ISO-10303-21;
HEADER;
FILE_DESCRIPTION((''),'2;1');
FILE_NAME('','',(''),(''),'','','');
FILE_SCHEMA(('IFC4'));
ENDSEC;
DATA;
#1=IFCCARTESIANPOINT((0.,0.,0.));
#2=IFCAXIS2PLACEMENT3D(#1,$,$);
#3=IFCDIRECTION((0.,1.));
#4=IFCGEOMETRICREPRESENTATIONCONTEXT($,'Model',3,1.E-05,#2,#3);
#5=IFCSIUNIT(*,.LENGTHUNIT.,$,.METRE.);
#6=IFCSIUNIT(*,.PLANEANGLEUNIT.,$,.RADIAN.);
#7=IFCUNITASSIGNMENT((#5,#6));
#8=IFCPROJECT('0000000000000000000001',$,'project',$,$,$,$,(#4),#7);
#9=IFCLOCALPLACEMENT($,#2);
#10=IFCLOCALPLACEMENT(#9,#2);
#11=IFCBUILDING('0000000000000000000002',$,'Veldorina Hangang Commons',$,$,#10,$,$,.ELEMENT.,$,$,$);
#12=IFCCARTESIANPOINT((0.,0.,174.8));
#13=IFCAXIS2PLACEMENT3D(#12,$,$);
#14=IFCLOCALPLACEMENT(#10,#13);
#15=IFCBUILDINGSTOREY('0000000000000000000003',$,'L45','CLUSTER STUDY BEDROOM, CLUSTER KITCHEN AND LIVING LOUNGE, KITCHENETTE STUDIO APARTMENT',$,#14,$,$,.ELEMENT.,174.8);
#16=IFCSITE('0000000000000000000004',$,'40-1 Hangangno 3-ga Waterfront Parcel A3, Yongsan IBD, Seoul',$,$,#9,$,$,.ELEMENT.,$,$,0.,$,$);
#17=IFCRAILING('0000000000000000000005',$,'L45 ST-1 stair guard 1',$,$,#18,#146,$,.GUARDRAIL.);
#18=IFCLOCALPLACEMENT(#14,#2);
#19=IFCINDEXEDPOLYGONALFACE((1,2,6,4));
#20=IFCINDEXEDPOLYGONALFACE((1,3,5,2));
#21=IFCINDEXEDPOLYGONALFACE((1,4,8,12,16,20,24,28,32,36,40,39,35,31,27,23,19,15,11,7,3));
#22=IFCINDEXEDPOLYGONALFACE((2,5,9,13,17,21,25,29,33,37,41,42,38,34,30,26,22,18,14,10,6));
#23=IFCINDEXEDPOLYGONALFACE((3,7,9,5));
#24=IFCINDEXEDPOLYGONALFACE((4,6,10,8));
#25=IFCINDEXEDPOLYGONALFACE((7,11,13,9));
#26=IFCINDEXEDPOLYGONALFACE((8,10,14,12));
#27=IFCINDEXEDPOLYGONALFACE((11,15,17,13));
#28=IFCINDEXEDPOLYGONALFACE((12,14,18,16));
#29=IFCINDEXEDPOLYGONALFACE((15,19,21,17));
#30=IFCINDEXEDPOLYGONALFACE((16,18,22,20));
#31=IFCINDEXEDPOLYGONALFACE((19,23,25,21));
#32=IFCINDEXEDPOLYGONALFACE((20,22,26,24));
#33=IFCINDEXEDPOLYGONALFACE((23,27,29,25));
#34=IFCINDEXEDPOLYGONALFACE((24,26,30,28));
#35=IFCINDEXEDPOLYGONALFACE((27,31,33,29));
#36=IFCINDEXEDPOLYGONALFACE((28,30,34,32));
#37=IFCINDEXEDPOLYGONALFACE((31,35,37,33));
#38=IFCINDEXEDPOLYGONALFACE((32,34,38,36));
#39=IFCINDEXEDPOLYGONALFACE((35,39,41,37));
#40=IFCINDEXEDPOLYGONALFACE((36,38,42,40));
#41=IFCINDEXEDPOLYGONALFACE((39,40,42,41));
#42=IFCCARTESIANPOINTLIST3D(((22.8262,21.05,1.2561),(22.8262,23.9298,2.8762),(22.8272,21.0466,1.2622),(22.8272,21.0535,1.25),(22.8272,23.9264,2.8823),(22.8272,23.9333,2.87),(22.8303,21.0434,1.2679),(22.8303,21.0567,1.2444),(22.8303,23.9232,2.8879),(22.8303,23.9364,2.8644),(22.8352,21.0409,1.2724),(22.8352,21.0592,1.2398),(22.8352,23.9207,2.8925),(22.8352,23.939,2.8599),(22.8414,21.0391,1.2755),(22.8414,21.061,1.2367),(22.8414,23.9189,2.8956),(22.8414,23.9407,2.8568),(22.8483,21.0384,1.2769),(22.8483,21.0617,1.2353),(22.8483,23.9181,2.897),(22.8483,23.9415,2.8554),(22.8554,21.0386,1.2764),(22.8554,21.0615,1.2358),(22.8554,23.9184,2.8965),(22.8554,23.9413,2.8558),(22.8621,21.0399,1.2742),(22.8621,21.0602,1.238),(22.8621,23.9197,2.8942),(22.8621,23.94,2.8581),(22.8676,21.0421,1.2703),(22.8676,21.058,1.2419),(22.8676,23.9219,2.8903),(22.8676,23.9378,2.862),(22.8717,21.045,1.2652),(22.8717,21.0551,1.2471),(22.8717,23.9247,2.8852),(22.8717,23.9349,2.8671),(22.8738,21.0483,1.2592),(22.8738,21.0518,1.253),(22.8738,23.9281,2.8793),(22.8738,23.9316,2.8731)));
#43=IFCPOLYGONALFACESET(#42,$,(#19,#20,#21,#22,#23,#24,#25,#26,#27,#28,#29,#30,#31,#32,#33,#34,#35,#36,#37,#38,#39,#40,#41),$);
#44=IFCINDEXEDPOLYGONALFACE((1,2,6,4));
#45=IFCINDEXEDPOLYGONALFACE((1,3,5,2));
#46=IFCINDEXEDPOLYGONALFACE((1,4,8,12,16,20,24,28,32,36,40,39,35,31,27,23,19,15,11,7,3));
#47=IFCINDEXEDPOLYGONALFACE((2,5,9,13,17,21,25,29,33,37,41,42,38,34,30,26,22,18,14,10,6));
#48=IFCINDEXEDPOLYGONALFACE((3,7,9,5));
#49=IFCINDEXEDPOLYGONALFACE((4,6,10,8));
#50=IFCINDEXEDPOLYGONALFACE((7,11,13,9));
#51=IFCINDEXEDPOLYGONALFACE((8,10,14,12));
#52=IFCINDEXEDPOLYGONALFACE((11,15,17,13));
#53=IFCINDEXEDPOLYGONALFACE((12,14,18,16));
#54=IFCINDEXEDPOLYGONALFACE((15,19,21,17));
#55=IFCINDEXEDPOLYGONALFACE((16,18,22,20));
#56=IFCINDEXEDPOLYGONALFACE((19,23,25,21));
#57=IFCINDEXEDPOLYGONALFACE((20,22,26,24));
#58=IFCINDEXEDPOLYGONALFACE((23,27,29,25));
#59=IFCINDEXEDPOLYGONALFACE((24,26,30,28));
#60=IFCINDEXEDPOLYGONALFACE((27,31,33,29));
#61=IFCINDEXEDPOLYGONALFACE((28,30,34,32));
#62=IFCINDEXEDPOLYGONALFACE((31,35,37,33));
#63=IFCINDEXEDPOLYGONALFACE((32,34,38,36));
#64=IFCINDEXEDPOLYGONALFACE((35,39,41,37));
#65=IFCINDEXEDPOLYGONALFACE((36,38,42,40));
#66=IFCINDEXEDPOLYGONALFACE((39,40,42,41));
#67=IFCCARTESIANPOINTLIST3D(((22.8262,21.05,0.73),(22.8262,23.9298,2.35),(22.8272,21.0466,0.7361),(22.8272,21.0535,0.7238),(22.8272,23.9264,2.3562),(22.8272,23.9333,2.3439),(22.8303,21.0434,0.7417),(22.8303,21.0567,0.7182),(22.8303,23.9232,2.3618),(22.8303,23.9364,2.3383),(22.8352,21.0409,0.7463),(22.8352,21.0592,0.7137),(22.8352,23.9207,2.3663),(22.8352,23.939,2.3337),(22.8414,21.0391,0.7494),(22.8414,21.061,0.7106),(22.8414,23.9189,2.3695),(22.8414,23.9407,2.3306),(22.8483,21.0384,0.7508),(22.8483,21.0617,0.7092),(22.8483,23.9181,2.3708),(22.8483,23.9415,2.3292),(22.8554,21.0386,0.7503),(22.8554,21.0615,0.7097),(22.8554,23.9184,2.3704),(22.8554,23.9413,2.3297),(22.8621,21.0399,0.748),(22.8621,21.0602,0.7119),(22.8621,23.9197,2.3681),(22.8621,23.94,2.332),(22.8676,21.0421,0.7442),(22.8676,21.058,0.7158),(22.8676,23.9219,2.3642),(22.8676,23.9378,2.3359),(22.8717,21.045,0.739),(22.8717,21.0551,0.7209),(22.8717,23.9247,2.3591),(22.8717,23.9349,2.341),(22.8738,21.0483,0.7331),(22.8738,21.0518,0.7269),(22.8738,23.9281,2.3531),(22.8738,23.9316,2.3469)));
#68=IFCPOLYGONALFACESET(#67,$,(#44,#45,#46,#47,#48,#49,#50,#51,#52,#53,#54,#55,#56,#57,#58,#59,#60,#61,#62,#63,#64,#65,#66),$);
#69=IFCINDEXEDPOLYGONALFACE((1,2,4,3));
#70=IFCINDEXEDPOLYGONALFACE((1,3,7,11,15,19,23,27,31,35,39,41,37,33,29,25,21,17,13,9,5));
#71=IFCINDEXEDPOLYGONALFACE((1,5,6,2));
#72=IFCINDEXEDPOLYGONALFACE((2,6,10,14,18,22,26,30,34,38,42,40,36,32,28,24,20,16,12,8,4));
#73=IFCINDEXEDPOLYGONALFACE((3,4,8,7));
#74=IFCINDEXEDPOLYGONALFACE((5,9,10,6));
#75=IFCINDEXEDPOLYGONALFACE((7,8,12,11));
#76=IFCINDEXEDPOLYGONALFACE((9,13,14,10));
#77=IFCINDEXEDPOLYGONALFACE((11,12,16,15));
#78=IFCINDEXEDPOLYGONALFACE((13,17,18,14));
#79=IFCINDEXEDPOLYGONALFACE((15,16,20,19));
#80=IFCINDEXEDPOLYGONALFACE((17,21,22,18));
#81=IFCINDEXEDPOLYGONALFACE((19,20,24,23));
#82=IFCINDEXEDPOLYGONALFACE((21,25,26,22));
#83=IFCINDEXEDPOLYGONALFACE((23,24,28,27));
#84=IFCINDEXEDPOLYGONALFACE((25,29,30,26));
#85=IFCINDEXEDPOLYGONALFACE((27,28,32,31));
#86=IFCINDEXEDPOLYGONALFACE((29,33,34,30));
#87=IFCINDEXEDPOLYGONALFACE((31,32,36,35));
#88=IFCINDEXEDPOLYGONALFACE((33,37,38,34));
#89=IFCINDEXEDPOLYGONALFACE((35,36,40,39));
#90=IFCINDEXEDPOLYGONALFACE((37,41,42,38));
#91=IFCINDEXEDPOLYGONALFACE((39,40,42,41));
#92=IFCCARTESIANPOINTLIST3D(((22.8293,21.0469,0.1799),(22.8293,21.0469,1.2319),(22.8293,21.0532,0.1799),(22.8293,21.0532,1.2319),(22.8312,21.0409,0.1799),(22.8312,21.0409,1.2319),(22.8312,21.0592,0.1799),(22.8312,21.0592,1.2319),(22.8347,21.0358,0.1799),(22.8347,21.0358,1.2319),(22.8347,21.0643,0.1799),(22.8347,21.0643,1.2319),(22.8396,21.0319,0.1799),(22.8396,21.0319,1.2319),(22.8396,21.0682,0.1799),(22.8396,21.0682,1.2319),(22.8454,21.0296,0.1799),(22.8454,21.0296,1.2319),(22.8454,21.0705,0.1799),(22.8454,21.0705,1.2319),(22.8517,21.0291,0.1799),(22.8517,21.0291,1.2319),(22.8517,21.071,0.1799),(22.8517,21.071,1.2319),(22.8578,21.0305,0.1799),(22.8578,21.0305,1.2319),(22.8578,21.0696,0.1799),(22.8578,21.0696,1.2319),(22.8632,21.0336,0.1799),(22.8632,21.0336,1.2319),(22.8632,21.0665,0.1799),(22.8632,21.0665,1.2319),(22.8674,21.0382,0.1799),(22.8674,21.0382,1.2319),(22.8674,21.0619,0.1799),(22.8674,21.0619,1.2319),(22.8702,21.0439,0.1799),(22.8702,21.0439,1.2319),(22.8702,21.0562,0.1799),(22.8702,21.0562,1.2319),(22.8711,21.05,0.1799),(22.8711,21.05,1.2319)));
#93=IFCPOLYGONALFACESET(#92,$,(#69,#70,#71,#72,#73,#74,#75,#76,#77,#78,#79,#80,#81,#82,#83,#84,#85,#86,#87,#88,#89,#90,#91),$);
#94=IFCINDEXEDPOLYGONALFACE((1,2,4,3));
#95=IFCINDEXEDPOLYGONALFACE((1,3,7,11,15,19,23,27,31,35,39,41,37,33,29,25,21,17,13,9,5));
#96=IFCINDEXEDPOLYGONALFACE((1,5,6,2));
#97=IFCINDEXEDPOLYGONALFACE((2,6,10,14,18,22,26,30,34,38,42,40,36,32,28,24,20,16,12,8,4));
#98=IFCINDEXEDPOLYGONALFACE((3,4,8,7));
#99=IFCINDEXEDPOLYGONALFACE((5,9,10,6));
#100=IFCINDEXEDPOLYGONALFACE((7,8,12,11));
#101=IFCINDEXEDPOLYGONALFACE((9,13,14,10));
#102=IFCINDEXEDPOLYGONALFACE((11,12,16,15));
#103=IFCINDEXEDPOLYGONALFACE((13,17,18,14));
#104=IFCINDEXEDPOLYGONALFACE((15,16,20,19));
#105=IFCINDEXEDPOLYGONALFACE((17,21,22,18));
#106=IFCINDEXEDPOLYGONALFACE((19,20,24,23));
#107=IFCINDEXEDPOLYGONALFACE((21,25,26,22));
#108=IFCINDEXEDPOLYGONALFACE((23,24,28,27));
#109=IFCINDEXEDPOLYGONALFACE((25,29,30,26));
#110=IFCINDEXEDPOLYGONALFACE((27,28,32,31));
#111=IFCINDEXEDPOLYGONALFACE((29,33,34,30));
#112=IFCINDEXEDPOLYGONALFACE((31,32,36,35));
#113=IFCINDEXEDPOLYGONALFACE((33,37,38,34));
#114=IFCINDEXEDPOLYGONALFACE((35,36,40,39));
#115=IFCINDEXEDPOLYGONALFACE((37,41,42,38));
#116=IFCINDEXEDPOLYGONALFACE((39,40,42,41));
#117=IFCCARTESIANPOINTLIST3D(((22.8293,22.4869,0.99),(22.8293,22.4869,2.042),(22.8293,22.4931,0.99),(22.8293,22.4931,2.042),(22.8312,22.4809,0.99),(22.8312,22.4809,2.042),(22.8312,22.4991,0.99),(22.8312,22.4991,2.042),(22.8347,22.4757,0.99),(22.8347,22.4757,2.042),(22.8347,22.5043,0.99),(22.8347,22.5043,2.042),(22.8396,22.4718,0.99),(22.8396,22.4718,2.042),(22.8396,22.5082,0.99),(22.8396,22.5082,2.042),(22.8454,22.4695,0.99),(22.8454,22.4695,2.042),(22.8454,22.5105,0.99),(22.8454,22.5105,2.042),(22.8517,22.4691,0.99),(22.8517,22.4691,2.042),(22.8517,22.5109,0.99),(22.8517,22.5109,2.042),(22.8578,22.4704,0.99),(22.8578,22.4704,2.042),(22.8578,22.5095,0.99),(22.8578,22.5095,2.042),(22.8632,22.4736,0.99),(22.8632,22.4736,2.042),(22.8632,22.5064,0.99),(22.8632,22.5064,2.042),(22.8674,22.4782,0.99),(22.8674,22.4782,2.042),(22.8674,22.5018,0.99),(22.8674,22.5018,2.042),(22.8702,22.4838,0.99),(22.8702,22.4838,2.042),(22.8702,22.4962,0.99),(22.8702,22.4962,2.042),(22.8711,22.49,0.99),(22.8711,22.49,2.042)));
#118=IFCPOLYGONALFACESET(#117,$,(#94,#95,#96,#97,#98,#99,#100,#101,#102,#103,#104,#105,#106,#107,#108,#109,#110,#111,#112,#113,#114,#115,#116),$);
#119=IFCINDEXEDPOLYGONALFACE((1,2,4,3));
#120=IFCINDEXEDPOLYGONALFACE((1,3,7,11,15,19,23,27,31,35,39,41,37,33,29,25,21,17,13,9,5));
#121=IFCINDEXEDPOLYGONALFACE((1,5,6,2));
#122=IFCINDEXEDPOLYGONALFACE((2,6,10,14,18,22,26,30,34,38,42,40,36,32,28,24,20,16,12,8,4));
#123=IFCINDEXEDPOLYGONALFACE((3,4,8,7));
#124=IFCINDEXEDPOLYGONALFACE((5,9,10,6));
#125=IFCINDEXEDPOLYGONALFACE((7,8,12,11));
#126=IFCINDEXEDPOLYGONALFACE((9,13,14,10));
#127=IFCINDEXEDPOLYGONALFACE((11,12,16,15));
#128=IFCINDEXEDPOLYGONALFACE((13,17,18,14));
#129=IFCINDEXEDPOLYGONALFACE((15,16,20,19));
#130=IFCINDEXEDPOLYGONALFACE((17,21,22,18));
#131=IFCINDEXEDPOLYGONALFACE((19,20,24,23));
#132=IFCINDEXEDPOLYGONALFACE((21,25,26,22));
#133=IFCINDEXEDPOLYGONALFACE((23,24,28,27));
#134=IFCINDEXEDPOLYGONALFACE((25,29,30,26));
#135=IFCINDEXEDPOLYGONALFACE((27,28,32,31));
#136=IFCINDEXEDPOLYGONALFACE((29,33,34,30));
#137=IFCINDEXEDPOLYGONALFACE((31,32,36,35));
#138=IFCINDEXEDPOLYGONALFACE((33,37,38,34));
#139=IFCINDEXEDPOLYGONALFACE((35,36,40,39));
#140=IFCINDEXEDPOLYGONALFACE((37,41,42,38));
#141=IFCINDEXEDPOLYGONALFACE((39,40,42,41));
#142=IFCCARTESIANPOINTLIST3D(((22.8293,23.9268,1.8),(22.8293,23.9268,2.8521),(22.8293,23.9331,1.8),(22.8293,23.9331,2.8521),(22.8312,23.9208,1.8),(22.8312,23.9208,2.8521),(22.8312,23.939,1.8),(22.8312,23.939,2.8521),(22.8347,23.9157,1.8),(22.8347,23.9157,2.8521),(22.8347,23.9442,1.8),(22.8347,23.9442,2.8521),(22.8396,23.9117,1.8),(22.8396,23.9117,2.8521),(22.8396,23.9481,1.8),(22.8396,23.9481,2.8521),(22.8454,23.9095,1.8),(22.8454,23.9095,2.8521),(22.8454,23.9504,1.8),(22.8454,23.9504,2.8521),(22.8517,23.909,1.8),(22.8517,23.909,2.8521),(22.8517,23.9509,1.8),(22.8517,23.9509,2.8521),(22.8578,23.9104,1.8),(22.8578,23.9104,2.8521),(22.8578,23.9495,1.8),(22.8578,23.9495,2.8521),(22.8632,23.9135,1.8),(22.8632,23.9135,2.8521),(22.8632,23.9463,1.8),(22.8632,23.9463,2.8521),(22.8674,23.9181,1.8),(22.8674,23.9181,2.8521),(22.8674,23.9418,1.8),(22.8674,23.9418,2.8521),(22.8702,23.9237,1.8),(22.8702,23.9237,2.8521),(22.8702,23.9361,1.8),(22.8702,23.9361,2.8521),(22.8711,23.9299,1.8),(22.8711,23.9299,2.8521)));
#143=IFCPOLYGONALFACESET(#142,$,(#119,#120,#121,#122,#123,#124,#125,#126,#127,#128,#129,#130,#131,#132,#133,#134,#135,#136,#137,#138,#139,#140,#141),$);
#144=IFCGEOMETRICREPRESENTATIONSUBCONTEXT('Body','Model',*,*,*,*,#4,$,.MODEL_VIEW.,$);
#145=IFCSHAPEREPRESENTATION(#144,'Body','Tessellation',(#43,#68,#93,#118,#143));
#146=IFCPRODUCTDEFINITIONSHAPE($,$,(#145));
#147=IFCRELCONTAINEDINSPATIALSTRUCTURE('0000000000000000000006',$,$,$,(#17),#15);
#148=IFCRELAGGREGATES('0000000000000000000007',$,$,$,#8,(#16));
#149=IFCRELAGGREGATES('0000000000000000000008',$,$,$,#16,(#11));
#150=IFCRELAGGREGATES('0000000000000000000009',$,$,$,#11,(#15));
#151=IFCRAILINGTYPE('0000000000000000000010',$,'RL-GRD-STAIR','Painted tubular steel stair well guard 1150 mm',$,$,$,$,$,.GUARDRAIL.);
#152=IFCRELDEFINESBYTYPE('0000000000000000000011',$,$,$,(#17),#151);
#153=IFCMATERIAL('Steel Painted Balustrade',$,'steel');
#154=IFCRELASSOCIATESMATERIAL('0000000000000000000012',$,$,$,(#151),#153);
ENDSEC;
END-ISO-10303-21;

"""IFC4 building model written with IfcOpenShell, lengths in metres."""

from ifc_helpers import new_model, si_unit, direction, frame, origin, origin_2d, place, context, subcontext, project, spatial, circle, extrude, material, type_object, element, save


model = new_model("IFC4")

# Units and contexts
model_context = context("Model", 3, precision=1e-05, world=origin(), true_north=direction((0.0, 1.0)))
body_context = subcontext(model_context, "Body", "Model", "MODEL_VIEW")
ifc_project = project(units=[si_unit("LENGTHUNIT", "METRE"), si_unit("PLANEANGLEUNIT", "RADIAN")], contexts=[model_context])

# Site, building, storey
site_placement = place(None, origin())
site = spatial("IfcSite", under=ifc_project, at=site_placement, Name="40-1 Hangangno 3-ga Waterfront Parcel A3, Yongsan IBD, Seoul", CompositionType="ELEMENT", RefElevation=0.0)
building_placement = place(site_placement, origin())
building = spatial("IfcBuilding", under=site, at=building_placement, Name="Veldorina Hangang Commons", CompositionType="ELEMENT")
storey_placement = place(building_placement, frame((0.0, 0.0, 174.8)))
storey = spatial("IfcBuildingStorey", under=building, at=storey_placement, Name="L45", Description="CLUSTER STUDY BEDROOM, CLUSTER KITCHEN AND LIVING LOUNGE, KITCHENETTE STUDIO APARTMENT", CompositionType="ELEMENT", Elevation=174.8)

# Railing
ifc_material_1 = material(Name="Steel Painted Balustrade", Category="steel")
railing_type_1 = type_object("IfcRailingType", Name="RL-GRD-STAIR", Description="Painted tubular steel stair well guard 1150 mm", PredefinedType="GUARDRAIL", material=ifc_material_1)
railing_1_placement = place(storey_placement, frame((22.8501, 21.05, 0.1799)))
element("IfcRailing", 1, at=railing_1_placement, inside=storey, type_object=railing_type_1, Name="L45 ST-1 stair guard 1", PredefinedType="GUARDRAIL", context=body_context, shape_type="SweptSolid", body=[
    extrude(circle(Radius=0.0239, at=origin_2d()), frame((0.0, 0.0, 1.0762), z_axis=(0.0, 0.871552, 0.490303), x_axis=(-1.0, 0.0, 0.0)), (0.0, 0.0, 1.0), 3.3042),
    extrude(circle(Radius=0.0239, at=origin_2d()), frame((0.0, 0.0, 0.55), z_axis=(0.0, 0.871552, 0.490303), x_axis=(-1.0, 0.0, 0.0)), (0.0, 0.0, 1.0), 3.3042),
    extrude(circle(Radius=0.021, at=origin_2d()), origin(), (0.0, 0.0, 1.0), 1.052),
    extrude(circle(Radius=0.021, at=origin_2d()), frame((0.0, 1.4399, 0.8101)), (0.0, 0.0, 1.0), 1.052),
    extrude(circle(Radius=0.021, at=origin_2d()), frame((0.0, 2.8799, 1.6201)), (0.0, 0.0, 1.0), 1.052),
])

save(model, "model.ifc")
